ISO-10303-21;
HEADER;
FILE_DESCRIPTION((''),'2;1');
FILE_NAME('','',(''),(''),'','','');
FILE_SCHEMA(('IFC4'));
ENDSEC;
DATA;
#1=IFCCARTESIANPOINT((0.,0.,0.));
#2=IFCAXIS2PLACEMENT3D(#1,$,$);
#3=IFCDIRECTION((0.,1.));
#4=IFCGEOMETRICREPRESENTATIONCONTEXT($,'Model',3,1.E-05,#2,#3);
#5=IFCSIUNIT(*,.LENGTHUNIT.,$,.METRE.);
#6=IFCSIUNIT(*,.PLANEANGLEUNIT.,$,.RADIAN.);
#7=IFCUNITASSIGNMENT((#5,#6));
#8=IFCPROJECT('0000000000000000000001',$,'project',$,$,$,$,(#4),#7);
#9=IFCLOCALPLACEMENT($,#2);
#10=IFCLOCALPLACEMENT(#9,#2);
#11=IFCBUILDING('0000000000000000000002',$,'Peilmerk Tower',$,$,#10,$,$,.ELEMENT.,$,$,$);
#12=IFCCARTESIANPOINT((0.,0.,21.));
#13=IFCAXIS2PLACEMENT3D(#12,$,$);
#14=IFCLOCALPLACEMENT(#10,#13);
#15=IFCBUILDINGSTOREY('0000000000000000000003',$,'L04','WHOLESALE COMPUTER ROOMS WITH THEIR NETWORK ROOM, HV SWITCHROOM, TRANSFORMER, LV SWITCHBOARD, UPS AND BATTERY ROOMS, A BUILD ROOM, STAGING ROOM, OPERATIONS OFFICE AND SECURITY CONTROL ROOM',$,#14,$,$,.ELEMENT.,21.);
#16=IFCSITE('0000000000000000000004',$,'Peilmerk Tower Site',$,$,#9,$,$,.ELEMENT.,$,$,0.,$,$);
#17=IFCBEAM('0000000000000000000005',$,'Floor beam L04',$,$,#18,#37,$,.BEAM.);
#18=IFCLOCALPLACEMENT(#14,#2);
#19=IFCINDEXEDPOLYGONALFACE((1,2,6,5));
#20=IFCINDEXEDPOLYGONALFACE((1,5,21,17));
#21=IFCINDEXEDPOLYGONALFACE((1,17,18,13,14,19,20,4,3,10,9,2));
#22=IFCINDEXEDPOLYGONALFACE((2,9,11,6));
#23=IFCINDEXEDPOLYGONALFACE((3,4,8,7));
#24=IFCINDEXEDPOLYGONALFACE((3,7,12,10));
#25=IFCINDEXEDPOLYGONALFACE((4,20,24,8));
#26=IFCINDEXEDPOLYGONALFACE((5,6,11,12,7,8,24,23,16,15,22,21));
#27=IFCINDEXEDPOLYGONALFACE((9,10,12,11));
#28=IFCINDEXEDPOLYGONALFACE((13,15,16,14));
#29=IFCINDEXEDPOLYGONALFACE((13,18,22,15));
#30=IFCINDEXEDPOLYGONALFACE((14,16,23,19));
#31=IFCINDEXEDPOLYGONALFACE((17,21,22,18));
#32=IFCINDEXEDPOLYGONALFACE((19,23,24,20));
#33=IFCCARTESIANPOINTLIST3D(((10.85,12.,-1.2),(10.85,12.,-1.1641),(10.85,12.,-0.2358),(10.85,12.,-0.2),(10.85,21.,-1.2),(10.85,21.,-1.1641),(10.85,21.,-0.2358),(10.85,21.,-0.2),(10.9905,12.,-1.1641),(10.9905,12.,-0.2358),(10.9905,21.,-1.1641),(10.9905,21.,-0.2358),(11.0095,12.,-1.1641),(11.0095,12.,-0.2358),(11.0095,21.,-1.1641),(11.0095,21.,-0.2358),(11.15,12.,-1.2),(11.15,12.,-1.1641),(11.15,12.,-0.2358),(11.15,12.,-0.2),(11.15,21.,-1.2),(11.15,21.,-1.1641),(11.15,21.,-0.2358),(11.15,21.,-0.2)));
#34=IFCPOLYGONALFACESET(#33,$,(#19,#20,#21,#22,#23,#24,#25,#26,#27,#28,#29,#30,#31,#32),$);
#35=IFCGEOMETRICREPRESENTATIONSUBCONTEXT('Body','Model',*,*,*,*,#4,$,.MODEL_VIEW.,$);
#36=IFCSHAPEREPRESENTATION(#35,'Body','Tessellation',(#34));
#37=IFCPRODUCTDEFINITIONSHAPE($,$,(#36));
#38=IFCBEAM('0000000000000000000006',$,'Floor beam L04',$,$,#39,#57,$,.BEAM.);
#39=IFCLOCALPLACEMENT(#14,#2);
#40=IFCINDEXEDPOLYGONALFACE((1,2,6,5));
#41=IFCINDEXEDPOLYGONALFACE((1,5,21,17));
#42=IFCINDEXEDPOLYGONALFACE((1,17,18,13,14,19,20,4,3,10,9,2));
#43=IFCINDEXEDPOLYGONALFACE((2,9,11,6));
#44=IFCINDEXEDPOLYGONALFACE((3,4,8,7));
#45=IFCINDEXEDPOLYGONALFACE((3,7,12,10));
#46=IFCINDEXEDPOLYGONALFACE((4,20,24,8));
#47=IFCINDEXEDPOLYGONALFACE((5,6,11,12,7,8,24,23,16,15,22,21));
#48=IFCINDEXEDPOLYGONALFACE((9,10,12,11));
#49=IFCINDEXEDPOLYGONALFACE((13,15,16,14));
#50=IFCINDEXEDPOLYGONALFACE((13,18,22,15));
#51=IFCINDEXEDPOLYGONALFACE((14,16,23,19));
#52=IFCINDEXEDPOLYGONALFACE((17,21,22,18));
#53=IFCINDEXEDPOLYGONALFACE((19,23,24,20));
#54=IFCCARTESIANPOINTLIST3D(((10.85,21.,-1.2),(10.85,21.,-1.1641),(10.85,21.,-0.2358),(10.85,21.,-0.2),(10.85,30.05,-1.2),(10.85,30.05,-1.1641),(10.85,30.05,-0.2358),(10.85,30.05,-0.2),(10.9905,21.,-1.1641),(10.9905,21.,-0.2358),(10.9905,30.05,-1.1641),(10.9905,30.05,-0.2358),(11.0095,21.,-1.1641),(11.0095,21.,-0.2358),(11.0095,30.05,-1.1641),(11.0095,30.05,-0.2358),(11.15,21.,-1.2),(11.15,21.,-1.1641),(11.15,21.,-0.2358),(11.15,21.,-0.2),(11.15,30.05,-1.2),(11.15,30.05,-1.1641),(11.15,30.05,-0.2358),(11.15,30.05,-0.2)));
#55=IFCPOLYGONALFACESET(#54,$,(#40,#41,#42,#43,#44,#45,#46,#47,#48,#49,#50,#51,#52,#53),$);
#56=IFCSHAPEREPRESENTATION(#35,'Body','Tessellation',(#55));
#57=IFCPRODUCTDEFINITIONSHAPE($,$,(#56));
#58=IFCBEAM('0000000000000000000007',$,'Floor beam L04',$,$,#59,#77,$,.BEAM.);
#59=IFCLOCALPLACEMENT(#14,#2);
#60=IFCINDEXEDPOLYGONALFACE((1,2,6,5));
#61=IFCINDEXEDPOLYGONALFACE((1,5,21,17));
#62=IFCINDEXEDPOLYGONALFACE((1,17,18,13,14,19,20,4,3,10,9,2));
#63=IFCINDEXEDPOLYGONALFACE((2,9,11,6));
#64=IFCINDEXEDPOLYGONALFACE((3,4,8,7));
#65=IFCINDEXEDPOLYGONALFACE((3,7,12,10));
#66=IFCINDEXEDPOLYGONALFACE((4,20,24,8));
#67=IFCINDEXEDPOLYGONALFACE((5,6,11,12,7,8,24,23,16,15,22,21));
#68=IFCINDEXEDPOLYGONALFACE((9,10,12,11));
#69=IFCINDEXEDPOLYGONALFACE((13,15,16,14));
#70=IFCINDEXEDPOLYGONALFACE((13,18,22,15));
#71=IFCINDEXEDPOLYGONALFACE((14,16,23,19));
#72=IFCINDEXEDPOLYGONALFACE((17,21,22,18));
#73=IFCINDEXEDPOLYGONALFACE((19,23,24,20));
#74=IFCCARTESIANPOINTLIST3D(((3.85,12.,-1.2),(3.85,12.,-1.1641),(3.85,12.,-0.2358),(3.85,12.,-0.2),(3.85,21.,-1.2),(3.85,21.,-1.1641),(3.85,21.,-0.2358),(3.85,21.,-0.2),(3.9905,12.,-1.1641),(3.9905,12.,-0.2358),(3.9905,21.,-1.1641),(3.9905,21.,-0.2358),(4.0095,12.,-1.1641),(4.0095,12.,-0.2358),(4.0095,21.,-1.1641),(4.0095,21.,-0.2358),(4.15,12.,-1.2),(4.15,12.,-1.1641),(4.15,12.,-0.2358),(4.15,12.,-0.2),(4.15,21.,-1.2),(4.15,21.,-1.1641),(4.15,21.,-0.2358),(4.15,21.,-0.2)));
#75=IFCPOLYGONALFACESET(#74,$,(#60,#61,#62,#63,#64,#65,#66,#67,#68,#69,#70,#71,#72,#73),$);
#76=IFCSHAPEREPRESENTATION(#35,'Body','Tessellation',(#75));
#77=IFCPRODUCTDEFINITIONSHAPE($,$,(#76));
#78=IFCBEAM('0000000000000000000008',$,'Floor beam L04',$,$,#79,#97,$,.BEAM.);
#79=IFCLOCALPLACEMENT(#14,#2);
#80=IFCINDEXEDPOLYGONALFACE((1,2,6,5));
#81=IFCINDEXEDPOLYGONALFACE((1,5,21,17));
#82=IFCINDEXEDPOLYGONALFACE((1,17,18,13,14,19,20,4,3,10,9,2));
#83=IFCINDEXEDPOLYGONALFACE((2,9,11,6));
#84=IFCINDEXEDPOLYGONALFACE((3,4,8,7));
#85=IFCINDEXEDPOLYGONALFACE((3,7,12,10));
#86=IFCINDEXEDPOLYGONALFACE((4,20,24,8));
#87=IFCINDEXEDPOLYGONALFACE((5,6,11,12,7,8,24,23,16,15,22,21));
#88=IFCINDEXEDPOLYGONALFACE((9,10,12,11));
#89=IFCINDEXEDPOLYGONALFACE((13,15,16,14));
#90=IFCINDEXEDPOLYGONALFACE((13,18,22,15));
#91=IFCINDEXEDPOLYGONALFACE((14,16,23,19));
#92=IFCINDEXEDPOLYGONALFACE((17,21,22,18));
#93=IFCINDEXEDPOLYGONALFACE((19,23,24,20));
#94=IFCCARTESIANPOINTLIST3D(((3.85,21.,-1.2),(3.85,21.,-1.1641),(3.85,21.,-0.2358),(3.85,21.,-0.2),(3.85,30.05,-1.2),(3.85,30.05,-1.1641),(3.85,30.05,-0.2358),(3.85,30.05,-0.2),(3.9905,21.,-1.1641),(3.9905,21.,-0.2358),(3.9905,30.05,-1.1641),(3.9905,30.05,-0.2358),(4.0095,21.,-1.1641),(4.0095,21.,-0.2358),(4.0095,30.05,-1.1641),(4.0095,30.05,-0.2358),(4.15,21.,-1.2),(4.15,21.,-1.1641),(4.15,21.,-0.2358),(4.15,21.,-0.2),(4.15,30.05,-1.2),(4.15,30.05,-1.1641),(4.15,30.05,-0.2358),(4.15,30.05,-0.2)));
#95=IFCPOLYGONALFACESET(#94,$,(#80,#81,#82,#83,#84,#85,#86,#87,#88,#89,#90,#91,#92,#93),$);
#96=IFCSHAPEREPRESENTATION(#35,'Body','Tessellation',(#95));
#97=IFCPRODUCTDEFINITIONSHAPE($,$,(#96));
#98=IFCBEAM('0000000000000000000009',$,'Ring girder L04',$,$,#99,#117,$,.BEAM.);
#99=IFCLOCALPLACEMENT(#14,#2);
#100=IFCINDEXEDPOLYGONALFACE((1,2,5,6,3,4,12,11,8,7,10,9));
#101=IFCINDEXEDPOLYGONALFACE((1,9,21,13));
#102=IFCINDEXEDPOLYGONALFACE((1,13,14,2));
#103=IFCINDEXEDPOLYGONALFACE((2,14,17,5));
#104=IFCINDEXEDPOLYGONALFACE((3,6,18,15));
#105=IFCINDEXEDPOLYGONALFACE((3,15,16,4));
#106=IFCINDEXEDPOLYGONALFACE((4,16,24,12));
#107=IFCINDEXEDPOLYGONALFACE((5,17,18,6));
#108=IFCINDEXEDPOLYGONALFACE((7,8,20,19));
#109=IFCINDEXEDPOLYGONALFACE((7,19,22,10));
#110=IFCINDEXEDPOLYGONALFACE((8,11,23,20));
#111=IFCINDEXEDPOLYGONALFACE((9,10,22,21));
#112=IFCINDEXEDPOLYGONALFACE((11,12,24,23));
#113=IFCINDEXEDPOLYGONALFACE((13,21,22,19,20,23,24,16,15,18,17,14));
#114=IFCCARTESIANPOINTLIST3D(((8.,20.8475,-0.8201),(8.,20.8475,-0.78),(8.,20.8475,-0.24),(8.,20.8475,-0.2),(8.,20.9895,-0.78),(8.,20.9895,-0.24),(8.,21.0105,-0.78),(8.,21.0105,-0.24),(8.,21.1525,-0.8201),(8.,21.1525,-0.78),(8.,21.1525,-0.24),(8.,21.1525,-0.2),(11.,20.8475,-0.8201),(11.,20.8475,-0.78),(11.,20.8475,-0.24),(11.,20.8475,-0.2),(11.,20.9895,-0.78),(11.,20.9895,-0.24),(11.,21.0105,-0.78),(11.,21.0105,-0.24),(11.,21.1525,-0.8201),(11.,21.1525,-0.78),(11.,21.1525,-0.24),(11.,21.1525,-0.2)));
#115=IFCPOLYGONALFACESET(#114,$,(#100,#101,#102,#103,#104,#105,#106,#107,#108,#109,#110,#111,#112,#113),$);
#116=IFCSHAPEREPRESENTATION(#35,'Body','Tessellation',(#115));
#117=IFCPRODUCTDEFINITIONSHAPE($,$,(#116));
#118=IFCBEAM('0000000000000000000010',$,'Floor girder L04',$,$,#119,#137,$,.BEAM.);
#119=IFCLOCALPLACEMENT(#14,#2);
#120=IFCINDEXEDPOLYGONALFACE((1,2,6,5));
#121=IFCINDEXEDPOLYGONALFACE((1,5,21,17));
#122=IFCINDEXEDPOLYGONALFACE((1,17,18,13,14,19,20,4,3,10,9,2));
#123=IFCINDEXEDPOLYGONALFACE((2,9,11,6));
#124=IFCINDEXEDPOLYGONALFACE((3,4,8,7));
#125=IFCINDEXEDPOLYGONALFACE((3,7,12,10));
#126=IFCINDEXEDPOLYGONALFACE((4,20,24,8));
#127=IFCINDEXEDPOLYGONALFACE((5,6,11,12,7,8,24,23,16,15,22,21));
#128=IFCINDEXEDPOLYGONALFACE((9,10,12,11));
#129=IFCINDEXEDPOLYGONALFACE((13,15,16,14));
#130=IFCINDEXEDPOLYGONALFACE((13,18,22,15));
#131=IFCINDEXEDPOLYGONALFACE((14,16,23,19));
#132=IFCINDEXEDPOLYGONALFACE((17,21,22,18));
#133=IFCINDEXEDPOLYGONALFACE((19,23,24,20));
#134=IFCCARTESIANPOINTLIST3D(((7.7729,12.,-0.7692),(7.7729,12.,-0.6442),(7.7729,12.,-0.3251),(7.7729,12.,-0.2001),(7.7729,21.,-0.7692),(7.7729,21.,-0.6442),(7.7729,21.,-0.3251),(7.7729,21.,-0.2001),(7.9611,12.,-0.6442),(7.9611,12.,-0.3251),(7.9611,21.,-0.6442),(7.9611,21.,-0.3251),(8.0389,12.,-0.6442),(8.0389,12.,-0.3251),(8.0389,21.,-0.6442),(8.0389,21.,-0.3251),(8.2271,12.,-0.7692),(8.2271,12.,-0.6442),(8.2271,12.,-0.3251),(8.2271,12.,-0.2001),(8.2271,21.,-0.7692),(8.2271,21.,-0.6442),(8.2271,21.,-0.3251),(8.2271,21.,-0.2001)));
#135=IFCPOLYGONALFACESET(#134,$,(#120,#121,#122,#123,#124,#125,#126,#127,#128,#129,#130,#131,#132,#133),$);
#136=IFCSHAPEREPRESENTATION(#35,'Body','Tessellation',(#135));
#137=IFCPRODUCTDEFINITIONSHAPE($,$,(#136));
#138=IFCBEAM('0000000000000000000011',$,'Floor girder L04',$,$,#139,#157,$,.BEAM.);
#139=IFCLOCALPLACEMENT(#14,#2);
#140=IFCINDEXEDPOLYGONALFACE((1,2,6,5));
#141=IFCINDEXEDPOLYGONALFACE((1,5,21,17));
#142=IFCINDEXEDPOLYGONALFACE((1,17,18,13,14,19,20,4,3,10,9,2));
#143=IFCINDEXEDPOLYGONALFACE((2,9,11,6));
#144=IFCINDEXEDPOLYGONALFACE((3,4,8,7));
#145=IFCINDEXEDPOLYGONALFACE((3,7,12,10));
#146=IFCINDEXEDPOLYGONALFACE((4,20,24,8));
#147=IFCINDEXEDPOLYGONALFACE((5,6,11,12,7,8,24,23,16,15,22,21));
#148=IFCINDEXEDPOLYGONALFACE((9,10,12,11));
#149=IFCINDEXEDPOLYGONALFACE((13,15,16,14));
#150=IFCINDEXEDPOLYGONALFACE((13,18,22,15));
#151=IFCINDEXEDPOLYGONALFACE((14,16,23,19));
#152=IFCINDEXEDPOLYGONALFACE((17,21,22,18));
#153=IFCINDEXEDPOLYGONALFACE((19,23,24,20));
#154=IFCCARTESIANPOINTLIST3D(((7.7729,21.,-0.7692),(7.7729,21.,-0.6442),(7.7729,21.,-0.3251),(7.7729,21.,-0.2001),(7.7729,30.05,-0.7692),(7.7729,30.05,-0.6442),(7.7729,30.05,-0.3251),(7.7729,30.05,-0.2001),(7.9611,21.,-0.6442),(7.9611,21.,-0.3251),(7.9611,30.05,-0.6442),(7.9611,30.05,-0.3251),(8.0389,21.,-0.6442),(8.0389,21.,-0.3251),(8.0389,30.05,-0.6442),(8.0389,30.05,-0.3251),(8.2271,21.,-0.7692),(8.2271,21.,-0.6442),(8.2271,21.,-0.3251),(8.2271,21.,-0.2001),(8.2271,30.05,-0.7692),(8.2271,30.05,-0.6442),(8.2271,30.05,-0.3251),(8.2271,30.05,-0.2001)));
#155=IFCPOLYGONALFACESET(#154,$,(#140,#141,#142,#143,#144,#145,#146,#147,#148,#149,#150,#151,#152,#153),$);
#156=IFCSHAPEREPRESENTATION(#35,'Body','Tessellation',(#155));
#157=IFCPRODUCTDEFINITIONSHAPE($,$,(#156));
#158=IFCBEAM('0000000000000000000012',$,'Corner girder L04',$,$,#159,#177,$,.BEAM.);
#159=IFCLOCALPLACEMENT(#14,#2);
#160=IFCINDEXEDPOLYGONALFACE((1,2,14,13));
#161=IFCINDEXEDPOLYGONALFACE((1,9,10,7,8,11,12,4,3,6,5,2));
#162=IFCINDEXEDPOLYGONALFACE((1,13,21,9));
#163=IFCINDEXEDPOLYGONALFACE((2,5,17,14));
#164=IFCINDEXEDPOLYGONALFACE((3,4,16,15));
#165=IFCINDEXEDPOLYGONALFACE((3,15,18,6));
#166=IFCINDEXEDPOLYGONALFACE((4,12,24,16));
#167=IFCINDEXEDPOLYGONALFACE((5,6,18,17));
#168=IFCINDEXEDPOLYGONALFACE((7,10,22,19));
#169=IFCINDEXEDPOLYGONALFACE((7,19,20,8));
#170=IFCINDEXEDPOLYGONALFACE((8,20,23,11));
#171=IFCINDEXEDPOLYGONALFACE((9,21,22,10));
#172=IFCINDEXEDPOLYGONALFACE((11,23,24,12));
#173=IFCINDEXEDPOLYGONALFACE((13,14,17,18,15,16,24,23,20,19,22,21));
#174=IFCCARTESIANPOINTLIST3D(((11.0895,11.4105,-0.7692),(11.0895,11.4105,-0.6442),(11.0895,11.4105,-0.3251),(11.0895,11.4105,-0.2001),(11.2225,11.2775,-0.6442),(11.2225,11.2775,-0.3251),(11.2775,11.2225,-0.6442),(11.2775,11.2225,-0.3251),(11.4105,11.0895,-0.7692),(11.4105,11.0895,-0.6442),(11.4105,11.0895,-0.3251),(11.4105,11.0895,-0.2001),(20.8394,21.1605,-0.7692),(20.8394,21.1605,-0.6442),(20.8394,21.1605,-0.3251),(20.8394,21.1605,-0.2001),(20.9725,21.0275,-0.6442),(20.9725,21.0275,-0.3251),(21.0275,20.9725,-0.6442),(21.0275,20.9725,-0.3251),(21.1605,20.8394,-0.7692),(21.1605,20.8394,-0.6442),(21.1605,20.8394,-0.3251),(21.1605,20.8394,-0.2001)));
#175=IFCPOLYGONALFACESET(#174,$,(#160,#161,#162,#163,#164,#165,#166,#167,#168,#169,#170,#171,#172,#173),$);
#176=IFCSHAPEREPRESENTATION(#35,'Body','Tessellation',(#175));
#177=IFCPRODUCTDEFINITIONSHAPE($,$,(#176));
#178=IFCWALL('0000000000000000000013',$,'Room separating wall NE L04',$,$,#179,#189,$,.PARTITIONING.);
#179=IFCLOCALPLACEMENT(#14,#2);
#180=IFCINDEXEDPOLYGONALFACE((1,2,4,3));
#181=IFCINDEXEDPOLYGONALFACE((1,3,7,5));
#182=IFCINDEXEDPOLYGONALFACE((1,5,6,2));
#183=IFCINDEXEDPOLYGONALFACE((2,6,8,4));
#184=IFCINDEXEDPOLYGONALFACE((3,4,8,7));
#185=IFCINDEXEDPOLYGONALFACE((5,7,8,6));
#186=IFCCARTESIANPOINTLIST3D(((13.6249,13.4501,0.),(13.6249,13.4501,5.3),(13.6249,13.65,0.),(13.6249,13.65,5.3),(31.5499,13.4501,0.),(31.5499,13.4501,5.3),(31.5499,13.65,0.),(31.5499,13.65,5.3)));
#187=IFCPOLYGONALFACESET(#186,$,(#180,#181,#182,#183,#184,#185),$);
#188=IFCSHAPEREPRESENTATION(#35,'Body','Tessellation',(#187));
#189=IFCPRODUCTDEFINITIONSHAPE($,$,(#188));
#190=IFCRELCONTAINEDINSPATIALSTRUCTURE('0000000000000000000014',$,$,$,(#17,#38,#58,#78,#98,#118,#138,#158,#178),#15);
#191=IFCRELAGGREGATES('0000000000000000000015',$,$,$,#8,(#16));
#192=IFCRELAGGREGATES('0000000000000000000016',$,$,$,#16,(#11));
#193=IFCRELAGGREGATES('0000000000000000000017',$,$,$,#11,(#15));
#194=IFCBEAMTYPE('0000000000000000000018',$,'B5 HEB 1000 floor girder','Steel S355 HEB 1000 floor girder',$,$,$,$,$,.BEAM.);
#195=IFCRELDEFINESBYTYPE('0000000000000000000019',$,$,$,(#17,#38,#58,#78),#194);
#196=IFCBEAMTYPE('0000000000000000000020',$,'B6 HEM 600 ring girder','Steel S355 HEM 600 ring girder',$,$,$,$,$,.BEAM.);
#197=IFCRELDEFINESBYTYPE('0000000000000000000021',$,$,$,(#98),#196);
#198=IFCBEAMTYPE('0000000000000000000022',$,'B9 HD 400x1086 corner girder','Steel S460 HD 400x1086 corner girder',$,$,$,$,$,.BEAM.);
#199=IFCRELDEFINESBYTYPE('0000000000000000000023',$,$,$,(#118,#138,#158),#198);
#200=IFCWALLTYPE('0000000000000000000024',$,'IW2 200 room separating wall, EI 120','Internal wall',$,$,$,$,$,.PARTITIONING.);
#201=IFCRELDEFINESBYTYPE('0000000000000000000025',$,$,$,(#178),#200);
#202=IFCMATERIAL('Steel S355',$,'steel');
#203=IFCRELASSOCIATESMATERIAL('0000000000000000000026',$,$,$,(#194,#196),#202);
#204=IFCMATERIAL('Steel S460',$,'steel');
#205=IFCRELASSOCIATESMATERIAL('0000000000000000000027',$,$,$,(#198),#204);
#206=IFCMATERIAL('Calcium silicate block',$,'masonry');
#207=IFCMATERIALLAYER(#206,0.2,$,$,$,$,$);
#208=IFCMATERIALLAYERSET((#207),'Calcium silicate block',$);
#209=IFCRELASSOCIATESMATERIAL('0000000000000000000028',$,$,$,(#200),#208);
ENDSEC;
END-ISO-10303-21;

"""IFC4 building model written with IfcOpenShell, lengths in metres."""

from ifc_helpers import new_model, si_unit, direction, frame, frame_2d, origin, origin_2d, place, context, subcontext, project, spatial, rectangle, i_section, extrude, material, layer, layer_set, material_profile, profile_set, type_object, element, save


model = new_model("IFC4")

# Units and contexts
model_context = context("Model", 3, precision=1e-05, world=origin(), true_north=direction((0.0, 1.0)))
body_context = subcontext(model_context, "Body", "Model", "MODEL_VIEW")
ifc_project = project(units=[si_unit("LENGTHUNIT", "METRE"), si_unit("PLANEANGLEUNIT", "RADIAN")], contexts=[model_context])

# Site, building, storey
site_placement = place(None, origin())
site = spatial("IfcSite", under=ifc_project, at=site_placement, Name="Peilmerk Tower Site", CompositionType="ELEMENT", RefElevation=0.0)
building_placement = place(site_placement, origin())
building = spatial("IfcBuilding", under=site, at=building_placement, Name="Peilmerk Tower", CompositionType="ELEMENT")
storey_placement = place(building_placement, frame((0.0, 0.0, 21.0)))
storey = spatial("IfcBuildingStorey", under=building, at=storey_placement, Name="L04", Description="WHOLESALE COMPUTER ROOMS WITH THEIR NETWORK ROOM, HV SWITCHROOM, TRANSFORMER, LV SWITCHBOARD, UPS AND BATTERY ROOMS, A BUILD ROOM, STAGING ROOM, OPERATIONS OFFICE AND SECURITY CONTROL ROOM", CompositionType="ELEMENT", Elevation=21.0)

# Beams
ifc_material_1 = material(Name="Steel S355", Category="steel")
ifc_material_profile_1 = material_profile(ifc_material_1, i_section(OverallWidth=0.3, OverallDepth=1.0, WebThickness=0.019, FlangeThickness=0.0359, at=origin_2d()), Name="HEB 1000")
ifc_profile_set_1 = profile_set([ifc_material_profile_1], Name="Steel S355")
beam_type_1 = type_object("IfcBeamType", Name="B5 HEB 1000 floor girder", Description="Steel S355 HEB 1000 floor girder", PredefinedType="BEAM", material=ifc_profile_set_1)
beam_1_placement = place(storey_placement, frame((11.0, 12.0, -0.7), z_axis=(0.0, 1.0, 0.0), x_axis=(-1.0, 0.0, 0.0)))
element("IfcBeam", 1, at=beam_1_placement, inside=storey, type_object=beam_type_1, Name="Floor beam L04", PredefinedType="BEAM", context=body_context, shape_type="SweptSolid", body=[
    extrude(i_section(OverallWidth=0.3, OverallDepth=1.0, WebThickness=0.019, FlangeThickness=0.0359, at=origin_2d()), origin(), (0.0, 0.0, 1.0), 9.0),
])
beam_2_placement = place(storey_placement, frame((11.0, 21.0, -0.7), z_axis=(0.0, 1.0, 0.0), x_axis=(-1.0, 0.0, 0.0)))
element("IfcBeam", 2, at=beam_2_placement, inside=storey, type_object=beam_type_1, Name="Floor beam L04", PredefinedType="BEAM", context=body_context, shape_type="SweptSolid", body=[
    extrude(i_section(OverallWidth=0.3, OverallDepth=1.0, WebThickness=0.019, FlangeThickness=0.0359, at=origin_2d()), origin(), (0.0, 0.0, 1.0), 9.05),
])
beam_3_placement = place(storey_placement, frame((4.0, 12.0, -0.7), z_axis=(0.0, 1.0, 0.0), x_axis=(-1.0, 0.0, 0.0)))
element("IfcBeam", 3, at=beam_3_placement, inside=storey, type_object=beam_type_1, Name="Floor beam L04", PredefinedType="BEAM", context=body_context, shape_type="SweptSolid", body=[
    extrude(i_section(OverallWidth=0.3, OverallDepth=1.0, WebThickness=0.019, FlangeThickness=0.0359, at=origin_2d()), origin(), (0.0, 0.0, 1.0), 9.0),
])
beam_4_placement = place(storey_placement, frame((4.0, 21.0, -0.7), z_axis=(0.0, 1.0, 0.0), x_axis=(-1.0, 0.0, 0.0)))
element("IfcBeam", 4, at=beam_4_placement, inside=storey, type_object=beam_type_1, Name="Floor beam L04", PredefinedType="BEAM", context=body_context, shape_type="SweptSolid", body=[
    extrude(i_section(OverallWidth=0.3, OverallDepth=1.0, WebThickness=0.019, FlangeThickness=0.0359, at=origin_2d()), origin(), (0.0, 0.0, 1.0), 9.05),
])
ifc_material_profile_2 = material_profile(ifc_material_1, i_section(OverallWidth=0.3049, OverallDepth=0.6201, WebThickness=0.021, FlangeThickness=0.04, at=origin_2d()), Name="HEM 600")
ifc_profile_set_2 = profile_set([ifc_material_profile_2], Name="Steel S355")
beam_type_2 = type_object("IfcBeamType", Name="B6 HEM 600 ring girder", Description="Steel S355 HEM 600 ring girder", PredefinedType="BEAM", material=ifc_profile_set_2)
beam_5_placement = place(storey_placement, frame((11.0, 21.0, -0.51), z_axis=(-1.0, 0.0, 0.0), x_axis=(0.0, -1.0, 0.0)))
element("IfcBeam", 5, at=beam_5_placement, inside=storey, type_object=beam_type_2, Name="Ring girder L04", PredefinedType="BEAM", context=body_context, shape_type="SweptSolid", body=[
    extrude(i_section(OverallWidth=0.3049, OverallDepth=0.6201, WebThickness=0.021, FlangeThickness=0.04, at=origin_2d()), origin(), (0.0, 0.0, 1.0), 3.0),
])
ifc_material_2 = material(Name="Steel S460", Category="steel")
ifc_material_profile_3 = material_profile(ifc_material_2, i_section(OverallWidth=0.4541, OverallDepth=0.5691, WebThickness=0.0779, FlangeThickness=0.125, at=origin_2d()), Name="HD 400x1086")
ifc_profile_set_3 = profile_set([ifc_material_profile_3], Name="Steel S460")
beam_type_3 = type_object("IfcBeamType", Name="B9 HD 400x1086 corner girder", Description="Steel S460 HD 400x1086 corner girder", PredefinedType="BEAM", material=ifc_profile_set_3)
beam_6_placement = place(storey_placement, frame((8.0, 12.0, -0.4846), z_axis=(0.0, 1.0, 0.0), x_axis=(-1.0, 0.0, 0.0)))
element("IfcBeam", 6, at=beam_6_placement, inside=storey, type_object=beam_type_3, Name="Floor girder L04", PredefinedType="BEAM", context=body_context, shape_type="SweptSolid", body=[
    extrude(i_section(OverallWidth=0.4541, OverallDepth=0.5691, WebThickness=0.0779, FlangeThickness=0.125, at=origin_2d()), origin(), (0.0, 0.0, 1.0), 9.0),
])
beam_7_placement = place(storey_placement, frame((8.0, 21.0, -0.4846), z_axis=(0.0, 1.0, 0.0), x_axis=(-1.0, 0.0, 0.0)))
element("IfcBeam", 7, at=beam_7_placement, inside=storey, type_object=beam_type_3, Name="Floor girder L04", PredefinedType="BEAM", context=body_context, shape_type="SweptSolid", body=[
    extrude(i_section(OverallWidth=0.4541, OverallDepth=0.5691, WebThickness=0.0779, FlangeThickness=0.125, at=origin_2d()), origin(), (0.0, 0.0, 1.0), 9.05),
])
beam_8_placement = place(storey_placement, frame((11.25, 11.25, -0.4846), z_axis=(0.707107, 0.707107, 0.0), x_axis=(-0.707107, 0.707107, 0.0)))
element("IfcBeam", 8, at=beam_8_placement, inside=storey, type_object=beam_type_3, Name="Corner girder L04", PredefinedType="BEAM", context=body_context, shape_type="SweptSolid", body=[
    extrude(i_section(OverallWidth=0.4541, OverallDepth=0.5691, WebThickness=0.0779, FlangeThickness=0.125, at=origin_2d()), origin(), (0.0, 0.0, 1.0), 13.7886),
])

# Wall
ifc_material_3 = material(Name="Calcium silicate block", Category="masonry")
ifc_layer = layer(ifc_material_3, 0.2)
ifc_layer_set = layer_set([ifc_layer], Name="Calcium silicate block")
wall_type = type_object("IfcWallType", Name="IW2 200 room separating wall, EI 120", Description="Internal wall", PredefinedType="PARTITIONING", material=ifc_layer_set)
wall_1_placement = place(storey_placement, frame((13.625, 13.55, 0.0), z_axis=(0.0, 0.0, 1.0), x_axis=(1.0, 0.0, 0.0)))
element("IfcWall", 9, at=wall_1_placement, inside=storey, type_object=wall_type, Name="Room separating wall NE L04", PredefinedType="PARTITIONING", context=body_context, shape_type="SweptSolid", body=[
    extrude(rectangle(XDim=17.925, YDim=0.2, at=frame_2d((8.9624, 0.0))), origin(), (0.0, 0.0, 1.0), 5.3),
])

save(model, "model.ifc")
